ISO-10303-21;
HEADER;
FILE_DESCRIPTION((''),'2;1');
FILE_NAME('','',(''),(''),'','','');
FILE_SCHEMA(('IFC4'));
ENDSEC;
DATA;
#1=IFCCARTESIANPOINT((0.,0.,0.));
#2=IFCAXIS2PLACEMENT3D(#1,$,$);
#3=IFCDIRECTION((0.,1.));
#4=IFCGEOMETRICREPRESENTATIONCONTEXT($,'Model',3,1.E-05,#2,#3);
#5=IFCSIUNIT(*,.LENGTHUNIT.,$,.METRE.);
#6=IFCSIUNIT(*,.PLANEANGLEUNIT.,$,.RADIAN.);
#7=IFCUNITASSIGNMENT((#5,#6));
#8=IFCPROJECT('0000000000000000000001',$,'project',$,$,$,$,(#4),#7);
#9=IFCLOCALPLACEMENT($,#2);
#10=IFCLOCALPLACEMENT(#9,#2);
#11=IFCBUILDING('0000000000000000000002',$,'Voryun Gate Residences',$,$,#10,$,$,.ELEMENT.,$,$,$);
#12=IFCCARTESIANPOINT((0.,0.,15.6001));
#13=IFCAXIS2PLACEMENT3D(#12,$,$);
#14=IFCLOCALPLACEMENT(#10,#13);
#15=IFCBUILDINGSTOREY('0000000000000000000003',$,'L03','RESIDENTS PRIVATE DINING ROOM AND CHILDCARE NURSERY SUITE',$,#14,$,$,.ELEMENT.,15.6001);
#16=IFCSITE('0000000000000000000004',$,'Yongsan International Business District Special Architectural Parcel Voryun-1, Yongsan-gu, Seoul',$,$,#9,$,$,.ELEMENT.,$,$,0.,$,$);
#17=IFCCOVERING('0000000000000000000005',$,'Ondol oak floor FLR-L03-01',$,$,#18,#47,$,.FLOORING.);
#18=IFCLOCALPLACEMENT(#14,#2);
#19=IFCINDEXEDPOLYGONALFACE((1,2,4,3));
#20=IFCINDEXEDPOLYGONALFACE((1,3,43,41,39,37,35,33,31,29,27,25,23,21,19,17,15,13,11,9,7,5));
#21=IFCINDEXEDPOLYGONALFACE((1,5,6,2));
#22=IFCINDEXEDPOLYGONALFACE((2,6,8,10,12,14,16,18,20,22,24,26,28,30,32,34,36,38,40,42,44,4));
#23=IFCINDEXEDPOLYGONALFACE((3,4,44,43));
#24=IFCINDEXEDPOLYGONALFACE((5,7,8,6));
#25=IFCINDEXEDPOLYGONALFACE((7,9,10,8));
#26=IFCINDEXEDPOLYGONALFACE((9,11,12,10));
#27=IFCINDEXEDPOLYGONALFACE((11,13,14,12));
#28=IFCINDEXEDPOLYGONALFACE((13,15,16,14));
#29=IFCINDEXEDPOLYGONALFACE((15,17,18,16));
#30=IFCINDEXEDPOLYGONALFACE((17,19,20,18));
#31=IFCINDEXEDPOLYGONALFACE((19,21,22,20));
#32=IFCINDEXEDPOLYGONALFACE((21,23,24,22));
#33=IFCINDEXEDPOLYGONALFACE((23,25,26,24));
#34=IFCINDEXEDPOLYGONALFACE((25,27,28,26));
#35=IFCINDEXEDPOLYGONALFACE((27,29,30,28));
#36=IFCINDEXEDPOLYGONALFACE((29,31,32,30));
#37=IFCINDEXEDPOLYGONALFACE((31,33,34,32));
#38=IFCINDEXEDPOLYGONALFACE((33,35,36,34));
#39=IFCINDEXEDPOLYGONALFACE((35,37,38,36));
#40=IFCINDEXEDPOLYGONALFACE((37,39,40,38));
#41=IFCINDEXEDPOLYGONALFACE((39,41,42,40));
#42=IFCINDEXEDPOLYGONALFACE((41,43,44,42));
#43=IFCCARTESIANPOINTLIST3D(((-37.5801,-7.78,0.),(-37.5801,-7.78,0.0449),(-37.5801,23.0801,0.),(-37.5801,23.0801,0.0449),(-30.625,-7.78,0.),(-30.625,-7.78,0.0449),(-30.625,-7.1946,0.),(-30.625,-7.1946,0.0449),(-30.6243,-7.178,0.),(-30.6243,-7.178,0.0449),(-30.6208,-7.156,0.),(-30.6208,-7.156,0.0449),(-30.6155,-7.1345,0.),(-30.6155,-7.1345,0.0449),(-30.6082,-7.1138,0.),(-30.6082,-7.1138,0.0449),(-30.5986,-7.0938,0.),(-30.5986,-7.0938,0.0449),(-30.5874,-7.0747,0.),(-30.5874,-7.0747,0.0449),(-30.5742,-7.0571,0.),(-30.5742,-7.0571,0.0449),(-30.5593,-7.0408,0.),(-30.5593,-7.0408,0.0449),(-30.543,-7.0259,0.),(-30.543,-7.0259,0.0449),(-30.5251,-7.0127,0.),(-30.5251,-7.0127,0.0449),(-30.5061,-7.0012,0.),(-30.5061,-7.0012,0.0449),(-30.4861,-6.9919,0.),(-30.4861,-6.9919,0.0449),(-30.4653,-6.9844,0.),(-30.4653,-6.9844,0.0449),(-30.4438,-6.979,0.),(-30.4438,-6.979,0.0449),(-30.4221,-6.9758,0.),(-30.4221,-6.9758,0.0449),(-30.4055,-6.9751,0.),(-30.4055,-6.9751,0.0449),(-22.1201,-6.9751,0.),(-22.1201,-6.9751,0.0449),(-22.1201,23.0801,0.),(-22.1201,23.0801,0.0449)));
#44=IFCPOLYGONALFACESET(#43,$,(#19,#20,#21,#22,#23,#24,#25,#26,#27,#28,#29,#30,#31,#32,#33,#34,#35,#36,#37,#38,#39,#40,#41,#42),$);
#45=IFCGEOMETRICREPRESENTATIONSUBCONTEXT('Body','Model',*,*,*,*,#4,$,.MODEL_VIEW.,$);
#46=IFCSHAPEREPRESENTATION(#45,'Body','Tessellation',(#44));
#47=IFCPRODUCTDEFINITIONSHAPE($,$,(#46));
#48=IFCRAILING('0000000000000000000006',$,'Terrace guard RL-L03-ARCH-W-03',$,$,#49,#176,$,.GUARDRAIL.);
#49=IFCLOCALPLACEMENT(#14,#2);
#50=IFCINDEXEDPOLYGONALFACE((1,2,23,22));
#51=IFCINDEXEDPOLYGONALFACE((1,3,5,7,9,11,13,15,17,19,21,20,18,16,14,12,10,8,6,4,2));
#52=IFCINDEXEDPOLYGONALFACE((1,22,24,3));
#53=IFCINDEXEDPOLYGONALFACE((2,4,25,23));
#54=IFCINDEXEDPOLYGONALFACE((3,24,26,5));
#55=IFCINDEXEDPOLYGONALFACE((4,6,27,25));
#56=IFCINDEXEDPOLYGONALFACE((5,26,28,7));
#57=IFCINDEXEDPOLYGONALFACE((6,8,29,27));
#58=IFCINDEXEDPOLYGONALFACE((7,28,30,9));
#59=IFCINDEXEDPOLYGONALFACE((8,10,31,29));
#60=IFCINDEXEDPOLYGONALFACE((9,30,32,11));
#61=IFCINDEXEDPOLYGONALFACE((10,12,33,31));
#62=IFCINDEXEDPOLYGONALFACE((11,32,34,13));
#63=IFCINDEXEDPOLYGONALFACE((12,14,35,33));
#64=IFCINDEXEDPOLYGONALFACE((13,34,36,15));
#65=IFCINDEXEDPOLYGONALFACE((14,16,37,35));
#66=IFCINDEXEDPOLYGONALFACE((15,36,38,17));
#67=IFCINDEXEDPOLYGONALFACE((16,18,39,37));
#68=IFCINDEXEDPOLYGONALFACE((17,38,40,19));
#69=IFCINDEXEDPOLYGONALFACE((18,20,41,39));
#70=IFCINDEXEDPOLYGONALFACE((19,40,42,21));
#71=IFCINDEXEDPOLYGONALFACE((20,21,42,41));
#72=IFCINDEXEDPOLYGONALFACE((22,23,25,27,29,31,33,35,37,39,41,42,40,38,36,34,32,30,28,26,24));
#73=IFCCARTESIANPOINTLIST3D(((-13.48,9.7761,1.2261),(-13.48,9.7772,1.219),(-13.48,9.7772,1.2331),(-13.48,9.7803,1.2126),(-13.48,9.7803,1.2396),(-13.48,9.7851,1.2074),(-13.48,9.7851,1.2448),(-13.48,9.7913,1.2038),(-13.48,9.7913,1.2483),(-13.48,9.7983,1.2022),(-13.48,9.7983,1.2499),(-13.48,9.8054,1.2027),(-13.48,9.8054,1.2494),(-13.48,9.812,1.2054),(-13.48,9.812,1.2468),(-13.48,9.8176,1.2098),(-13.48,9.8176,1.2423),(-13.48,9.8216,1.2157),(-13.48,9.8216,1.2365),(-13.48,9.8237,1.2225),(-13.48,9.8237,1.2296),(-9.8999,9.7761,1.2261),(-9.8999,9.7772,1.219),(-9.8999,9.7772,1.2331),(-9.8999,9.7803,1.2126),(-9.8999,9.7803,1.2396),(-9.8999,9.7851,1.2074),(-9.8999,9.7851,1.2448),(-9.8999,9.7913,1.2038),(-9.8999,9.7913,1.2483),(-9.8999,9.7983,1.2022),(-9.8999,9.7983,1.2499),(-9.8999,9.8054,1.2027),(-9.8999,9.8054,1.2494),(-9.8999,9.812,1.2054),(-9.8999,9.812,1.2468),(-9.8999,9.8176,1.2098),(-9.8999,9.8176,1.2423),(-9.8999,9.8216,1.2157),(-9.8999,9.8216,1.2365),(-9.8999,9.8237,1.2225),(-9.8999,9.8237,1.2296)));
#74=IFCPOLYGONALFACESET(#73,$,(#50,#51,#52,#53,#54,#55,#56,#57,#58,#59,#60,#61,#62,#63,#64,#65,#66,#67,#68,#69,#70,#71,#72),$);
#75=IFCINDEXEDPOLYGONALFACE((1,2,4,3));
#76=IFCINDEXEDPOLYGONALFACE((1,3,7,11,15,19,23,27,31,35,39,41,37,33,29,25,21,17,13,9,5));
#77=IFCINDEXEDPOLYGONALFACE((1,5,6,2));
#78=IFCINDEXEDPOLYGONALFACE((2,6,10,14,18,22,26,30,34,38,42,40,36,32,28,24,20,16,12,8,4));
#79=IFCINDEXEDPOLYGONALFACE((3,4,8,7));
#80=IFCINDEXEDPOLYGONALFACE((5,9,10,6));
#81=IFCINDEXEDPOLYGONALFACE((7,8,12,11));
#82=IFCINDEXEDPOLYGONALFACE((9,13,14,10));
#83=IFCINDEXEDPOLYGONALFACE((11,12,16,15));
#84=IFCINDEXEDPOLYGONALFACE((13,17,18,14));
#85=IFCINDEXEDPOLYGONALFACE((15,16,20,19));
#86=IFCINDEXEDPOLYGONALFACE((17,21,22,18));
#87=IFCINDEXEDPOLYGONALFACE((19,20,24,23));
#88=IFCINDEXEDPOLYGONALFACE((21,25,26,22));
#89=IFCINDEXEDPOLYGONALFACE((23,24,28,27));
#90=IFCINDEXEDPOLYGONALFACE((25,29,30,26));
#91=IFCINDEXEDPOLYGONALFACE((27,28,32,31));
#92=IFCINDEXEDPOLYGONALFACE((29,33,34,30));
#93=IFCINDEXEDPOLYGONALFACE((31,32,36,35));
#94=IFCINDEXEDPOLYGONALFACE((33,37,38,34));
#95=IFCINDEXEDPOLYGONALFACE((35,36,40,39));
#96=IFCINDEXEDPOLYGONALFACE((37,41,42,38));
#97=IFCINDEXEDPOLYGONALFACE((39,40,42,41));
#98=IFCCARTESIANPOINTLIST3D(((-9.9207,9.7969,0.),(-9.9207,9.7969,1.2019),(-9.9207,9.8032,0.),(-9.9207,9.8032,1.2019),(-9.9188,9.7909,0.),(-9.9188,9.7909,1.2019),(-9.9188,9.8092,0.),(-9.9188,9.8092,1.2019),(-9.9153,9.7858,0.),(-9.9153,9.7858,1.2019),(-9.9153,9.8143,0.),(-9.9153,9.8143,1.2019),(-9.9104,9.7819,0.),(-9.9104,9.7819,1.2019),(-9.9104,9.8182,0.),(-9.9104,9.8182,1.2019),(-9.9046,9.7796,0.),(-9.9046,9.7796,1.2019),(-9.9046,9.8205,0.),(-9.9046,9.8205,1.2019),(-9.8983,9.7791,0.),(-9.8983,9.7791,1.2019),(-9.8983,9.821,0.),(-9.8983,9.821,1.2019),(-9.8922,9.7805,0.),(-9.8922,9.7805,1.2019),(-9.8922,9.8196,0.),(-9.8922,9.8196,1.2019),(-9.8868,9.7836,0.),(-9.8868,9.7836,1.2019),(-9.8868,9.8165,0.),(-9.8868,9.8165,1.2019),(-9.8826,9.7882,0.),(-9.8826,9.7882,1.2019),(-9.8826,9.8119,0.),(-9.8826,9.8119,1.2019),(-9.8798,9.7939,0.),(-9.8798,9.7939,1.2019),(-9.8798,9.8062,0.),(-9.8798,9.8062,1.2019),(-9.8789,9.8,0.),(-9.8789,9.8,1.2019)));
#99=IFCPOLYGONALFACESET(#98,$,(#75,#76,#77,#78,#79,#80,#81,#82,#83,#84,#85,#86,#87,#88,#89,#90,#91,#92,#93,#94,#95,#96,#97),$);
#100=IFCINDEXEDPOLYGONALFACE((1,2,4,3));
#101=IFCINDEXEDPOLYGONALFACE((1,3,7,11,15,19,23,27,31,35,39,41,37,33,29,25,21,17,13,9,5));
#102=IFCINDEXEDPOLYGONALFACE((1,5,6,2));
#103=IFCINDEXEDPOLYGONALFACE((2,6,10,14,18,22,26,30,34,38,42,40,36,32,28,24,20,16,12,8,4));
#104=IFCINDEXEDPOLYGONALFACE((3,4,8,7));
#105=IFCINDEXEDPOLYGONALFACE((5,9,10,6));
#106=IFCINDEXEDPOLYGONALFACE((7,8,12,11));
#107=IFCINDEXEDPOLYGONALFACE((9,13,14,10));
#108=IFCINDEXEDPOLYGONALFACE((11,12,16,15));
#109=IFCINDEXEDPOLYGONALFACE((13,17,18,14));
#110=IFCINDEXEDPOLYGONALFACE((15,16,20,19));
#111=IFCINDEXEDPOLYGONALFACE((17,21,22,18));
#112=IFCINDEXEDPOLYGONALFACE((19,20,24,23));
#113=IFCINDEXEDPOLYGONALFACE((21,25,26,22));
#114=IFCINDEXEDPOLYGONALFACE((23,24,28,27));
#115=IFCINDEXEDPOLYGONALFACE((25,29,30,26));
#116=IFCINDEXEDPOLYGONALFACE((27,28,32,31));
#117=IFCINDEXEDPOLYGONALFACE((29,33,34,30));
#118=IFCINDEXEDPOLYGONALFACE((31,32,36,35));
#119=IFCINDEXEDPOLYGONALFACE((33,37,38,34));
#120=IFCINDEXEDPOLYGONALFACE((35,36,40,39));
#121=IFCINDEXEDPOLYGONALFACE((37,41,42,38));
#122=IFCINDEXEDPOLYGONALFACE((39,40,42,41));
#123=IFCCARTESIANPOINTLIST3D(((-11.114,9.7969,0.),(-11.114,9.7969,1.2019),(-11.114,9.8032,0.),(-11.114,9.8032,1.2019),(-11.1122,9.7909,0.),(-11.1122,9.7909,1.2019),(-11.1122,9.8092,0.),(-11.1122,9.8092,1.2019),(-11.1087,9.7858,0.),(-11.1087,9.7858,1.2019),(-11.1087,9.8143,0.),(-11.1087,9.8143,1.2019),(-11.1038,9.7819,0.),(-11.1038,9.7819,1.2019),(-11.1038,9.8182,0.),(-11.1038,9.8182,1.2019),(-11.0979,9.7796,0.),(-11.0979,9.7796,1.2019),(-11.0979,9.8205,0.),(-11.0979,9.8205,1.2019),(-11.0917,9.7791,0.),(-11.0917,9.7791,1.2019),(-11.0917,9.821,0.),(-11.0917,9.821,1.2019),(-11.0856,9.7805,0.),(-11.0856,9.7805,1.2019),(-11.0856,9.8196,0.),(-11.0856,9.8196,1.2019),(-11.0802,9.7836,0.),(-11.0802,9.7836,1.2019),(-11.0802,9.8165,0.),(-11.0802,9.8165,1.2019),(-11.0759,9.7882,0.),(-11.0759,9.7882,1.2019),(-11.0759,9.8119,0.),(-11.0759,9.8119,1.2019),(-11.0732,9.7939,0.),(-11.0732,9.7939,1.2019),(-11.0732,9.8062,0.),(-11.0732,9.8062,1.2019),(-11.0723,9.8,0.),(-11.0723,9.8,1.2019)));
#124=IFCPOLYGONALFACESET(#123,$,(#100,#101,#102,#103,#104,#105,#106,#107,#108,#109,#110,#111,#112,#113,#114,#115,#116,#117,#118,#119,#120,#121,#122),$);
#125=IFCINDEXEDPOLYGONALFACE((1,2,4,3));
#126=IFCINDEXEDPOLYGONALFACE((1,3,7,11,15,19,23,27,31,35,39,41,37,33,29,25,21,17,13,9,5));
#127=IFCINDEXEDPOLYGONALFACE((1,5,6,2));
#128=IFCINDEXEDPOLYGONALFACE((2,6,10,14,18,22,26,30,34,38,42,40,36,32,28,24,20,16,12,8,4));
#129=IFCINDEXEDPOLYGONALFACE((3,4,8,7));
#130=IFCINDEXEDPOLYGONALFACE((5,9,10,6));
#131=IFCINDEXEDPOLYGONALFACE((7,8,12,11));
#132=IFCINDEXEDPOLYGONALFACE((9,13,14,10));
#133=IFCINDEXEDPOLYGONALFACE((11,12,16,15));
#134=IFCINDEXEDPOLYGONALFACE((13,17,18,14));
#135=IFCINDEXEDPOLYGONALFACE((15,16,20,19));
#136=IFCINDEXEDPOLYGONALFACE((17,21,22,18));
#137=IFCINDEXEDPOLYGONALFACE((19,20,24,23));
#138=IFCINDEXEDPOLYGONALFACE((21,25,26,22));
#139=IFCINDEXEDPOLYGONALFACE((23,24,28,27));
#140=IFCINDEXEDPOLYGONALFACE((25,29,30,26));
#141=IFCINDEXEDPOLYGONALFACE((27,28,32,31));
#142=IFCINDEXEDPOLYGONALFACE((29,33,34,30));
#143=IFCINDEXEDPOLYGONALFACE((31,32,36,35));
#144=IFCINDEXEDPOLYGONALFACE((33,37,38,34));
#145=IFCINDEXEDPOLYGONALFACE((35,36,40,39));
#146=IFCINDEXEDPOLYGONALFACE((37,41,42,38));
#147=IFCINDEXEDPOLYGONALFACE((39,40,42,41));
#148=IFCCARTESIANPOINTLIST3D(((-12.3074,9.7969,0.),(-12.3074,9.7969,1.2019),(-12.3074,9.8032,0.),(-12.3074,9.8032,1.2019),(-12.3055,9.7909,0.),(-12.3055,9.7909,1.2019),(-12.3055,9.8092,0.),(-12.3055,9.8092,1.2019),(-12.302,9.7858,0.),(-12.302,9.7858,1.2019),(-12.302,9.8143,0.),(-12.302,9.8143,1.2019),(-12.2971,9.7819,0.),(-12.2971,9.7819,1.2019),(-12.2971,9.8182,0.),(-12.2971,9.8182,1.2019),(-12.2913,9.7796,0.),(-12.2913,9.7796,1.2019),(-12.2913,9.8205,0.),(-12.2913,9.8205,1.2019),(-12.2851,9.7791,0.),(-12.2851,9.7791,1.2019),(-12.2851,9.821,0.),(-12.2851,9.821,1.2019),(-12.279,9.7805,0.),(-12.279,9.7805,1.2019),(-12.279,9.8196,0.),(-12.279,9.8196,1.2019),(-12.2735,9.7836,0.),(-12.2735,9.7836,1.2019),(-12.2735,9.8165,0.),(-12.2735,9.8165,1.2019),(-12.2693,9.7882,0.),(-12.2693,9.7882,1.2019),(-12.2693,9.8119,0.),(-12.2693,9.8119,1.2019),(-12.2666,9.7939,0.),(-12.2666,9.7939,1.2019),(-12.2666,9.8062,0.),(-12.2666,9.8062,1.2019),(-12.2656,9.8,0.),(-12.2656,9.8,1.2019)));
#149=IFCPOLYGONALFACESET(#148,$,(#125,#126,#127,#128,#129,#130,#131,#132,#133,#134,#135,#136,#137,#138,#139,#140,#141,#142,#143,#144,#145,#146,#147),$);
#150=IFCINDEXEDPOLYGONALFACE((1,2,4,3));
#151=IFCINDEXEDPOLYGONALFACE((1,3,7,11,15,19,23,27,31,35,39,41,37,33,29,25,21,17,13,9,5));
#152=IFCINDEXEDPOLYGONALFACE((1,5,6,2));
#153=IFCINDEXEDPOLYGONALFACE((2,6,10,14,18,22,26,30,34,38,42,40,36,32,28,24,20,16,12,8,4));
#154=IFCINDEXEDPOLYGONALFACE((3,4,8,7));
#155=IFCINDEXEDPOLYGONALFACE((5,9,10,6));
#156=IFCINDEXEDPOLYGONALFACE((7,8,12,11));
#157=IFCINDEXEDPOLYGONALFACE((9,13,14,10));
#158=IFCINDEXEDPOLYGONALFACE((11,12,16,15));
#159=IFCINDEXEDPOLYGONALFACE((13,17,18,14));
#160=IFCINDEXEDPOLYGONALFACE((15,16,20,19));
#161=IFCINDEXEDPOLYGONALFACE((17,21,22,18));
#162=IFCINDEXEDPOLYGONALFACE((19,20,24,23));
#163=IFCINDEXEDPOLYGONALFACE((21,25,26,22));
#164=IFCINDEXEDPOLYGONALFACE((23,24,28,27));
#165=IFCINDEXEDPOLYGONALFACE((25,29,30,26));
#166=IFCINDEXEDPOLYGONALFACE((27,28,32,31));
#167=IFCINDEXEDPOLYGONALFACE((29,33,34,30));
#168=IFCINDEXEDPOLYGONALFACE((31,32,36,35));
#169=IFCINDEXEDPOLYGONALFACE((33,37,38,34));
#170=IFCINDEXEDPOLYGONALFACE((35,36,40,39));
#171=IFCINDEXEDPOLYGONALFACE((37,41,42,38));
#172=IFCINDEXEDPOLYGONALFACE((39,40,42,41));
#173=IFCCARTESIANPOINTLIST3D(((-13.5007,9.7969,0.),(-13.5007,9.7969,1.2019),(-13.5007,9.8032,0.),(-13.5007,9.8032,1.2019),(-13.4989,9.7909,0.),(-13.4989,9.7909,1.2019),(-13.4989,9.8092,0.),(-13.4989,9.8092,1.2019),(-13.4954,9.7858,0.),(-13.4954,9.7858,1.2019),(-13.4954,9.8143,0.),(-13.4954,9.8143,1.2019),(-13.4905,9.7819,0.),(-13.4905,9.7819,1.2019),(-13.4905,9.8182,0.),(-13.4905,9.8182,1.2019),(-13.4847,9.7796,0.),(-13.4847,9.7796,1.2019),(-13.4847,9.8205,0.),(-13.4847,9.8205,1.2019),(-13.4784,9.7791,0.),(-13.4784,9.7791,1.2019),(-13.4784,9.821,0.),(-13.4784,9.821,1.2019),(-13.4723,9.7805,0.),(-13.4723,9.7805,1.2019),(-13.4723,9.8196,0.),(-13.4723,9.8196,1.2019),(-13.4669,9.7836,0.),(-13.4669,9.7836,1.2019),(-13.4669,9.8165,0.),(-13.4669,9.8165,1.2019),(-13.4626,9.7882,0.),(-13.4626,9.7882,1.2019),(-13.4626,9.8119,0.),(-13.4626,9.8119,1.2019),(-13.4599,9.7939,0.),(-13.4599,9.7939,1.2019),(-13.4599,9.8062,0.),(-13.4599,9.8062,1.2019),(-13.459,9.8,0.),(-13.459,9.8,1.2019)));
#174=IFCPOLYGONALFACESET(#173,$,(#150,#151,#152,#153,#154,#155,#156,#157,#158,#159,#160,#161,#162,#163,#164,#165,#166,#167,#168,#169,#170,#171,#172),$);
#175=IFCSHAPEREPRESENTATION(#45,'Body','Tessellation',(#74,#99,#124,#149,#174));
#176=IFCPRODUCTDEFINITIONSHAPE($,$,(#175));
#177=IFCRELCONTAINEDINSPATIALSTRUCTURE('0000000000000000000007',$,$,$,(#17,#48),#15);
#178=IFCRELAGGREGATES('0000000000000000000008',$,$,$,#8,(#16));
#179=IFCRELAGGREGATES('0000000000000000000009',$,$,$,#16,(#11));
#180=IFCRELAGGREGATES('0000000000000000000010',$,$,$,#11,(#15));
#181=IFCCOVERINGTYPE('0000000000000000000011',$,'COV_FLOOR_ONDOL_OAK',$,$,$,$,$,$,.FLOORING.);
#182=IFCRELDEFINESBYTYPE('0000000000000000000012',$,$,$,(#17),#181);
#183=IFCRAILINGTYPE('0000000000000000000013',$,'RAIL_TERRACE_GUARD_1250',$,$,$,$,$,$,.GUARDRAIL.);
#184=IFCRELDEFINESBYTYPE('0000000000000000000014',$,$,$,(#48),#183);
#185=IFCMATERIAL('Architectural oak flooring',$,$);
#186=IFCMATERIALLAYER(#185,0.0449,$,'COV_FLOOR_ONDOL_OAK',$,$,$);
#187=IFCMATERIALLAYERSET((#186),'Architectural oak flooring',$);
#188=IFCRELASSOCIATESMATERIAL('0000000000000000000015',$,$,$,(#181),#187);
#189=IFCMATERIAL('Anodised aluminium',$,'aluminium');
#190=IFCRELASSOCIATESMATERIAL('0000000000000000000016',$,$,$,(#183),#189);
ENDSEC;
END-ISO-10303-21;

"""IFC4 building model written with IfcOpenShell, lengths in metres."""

from ifc_helpers import new_model, si_unit, direction, frame, origin, origin_2d, place, context, subcontext, project, spatial, polyline, circle, outline, extrude, material, layer, layer_set, type_object, element, save


model = new_model("IFC4")

# Units and contexts
model_context = context("Model", 3, precision=1e-05, world=origin(), true_north=direction((0.0, 1.0)))
body_context = subcontext(model_context, "Body", "Model", "MODEL_VIEW")
ifc_project = project(units=[si_unit("LENGTHUNIT", "METRE"), si_unit("PLANEANGLEUNIT", "RADIAN")], contexts=[model_context])

# Site, building, storey
site_placement = place(None, origin())
site = spatial("IfcSite", under=ifc_project, at=site_placement, Name="Yongsan International Business District Special Architectural Parcel Voryun-1, Yongsan-gu, Seoul", CompositionType="ELEMENT", RefElevation=0.0)
building_placement = place(site_placement, origin())
building = spatial("IfcBuilding", under=site, at=building_placement, Name="Voryun Gate Residences", CompositionType="ELEMENT")
storey_placement = place(building_placement, frame((0.0, 0.0, 15.6001)))
storey = spatial("IfcBuildingStorey", under=building, at=storey_placement, Name="L03", Description="RESIDENTS PRIVATE DINING ROOM AND CHILDCARE NURSERY SUITE", CompositionType="ELEMENT", Elevation=15.6001)

# Covering
ifc_material_1 = material(Name="Architectural oak flooring")
ifc_layer_1 = layer(ifc_material_1, 0.0449, Name="COV_FLOOR_ONDOL_OAK")
ifc_layer_set_1 = layer_set([ifc_layer_1], Name="Architectural oak flooring")
covering_type_1 = type_object("IfcCoveringType", Name="COV_FLOOR_ONDOL_OAK", PredefinedType="FLOORING", material=ifc_layer_set_1)
covering_1_placement = place(storey_placement, origin())
element("IfcCovering", 1, at=covering_1_placement, inside=storey, type_object=covering_type_1, Name="Ondol oak floor FLR-L03-01", PredefinedType="FLOORING", context=body_context, shape_type="SweptSolid", body=[
    extrude(outline(polyline([(-22.1201, 23.0801), (-22.1201, -6.9751), (-30.4055, -6.9751), (-30.4221, -6.9758), (-30.4438, -6.979), (-30.4653, -6.9844), (-30.4861, -6.9919), (-30.5061, -7.0012), (-30.5251, -7.0127), (-30.543, -7.0259), (-30.5593, -7.0408), (-30.5742, -7.0571), (-30.5874, -7.0747), (-30.5986, -7.0938), (-30.6082, -7.1138), (-30.6155, -7.1345), (-30.6208, -7.156), (-30.6243, -7.178), (-30.625, -7.1946), (-30.625, -7.78), (-37.5801, -7.78), (-37.5801, 23.0801), (-22.1201, 23.0801)])), origin(), (0.0, 0.0, 1.0), 0.0449),
])

# Railing
ifc_material_2 = material(Name="Anodised aluminium", Category="aluminium")
railing_type = type_object("IfcRailingType", Name="RAIL_TERRACE_GUARD_1250", PredefinedType="GUARDRAIL", material=ifc_material_2)
railing_placement = place(storey_placement, frame((-9.8999, 9.8, 0.0)))
element("IfcRailing", 2, at=railing_placement, inside=storey, type_object=railing_type, Name="Terrace guard RL-L03-ARCH-W-03", PredefinedType="GUARDRAIL", context=body_context, shape_type="SweptSolid", body=[
    extrude(circle(Radius=0.0239, at=origin_2d()), frame((0.0, 0.0, 1.2261), z_axis=(-1.0, 0.0, 0.0), x_axis=(0.0, -1.0, 0.0)), (0.0, 0.0, 1.0), 3.5801),
    extrude(circle(Radius=0.021, at=origin_2d()), origin(), (0.0, 0.0, 1.0), 1.2019),
    extrude(circle(Radius=0.021, at=origin_2d()), frame((-1.1934, 0.0, 0.0)), (0.0, 0.0, 1.0), 1.2019),
    extrude(circle(Radius=0.021, at=origin_2d()), frame((-2.3867, 0.0, 0.0)), (0.0, 0.0, 1.0), 1.2019),
    extrude(circle(Radius=0.021, at=origin_2d()), frame((-3.5801, 0.0, 0.0)), (0.0, 0.0, 1.0), 1.2019),
])

save(model, "model.ifc")
